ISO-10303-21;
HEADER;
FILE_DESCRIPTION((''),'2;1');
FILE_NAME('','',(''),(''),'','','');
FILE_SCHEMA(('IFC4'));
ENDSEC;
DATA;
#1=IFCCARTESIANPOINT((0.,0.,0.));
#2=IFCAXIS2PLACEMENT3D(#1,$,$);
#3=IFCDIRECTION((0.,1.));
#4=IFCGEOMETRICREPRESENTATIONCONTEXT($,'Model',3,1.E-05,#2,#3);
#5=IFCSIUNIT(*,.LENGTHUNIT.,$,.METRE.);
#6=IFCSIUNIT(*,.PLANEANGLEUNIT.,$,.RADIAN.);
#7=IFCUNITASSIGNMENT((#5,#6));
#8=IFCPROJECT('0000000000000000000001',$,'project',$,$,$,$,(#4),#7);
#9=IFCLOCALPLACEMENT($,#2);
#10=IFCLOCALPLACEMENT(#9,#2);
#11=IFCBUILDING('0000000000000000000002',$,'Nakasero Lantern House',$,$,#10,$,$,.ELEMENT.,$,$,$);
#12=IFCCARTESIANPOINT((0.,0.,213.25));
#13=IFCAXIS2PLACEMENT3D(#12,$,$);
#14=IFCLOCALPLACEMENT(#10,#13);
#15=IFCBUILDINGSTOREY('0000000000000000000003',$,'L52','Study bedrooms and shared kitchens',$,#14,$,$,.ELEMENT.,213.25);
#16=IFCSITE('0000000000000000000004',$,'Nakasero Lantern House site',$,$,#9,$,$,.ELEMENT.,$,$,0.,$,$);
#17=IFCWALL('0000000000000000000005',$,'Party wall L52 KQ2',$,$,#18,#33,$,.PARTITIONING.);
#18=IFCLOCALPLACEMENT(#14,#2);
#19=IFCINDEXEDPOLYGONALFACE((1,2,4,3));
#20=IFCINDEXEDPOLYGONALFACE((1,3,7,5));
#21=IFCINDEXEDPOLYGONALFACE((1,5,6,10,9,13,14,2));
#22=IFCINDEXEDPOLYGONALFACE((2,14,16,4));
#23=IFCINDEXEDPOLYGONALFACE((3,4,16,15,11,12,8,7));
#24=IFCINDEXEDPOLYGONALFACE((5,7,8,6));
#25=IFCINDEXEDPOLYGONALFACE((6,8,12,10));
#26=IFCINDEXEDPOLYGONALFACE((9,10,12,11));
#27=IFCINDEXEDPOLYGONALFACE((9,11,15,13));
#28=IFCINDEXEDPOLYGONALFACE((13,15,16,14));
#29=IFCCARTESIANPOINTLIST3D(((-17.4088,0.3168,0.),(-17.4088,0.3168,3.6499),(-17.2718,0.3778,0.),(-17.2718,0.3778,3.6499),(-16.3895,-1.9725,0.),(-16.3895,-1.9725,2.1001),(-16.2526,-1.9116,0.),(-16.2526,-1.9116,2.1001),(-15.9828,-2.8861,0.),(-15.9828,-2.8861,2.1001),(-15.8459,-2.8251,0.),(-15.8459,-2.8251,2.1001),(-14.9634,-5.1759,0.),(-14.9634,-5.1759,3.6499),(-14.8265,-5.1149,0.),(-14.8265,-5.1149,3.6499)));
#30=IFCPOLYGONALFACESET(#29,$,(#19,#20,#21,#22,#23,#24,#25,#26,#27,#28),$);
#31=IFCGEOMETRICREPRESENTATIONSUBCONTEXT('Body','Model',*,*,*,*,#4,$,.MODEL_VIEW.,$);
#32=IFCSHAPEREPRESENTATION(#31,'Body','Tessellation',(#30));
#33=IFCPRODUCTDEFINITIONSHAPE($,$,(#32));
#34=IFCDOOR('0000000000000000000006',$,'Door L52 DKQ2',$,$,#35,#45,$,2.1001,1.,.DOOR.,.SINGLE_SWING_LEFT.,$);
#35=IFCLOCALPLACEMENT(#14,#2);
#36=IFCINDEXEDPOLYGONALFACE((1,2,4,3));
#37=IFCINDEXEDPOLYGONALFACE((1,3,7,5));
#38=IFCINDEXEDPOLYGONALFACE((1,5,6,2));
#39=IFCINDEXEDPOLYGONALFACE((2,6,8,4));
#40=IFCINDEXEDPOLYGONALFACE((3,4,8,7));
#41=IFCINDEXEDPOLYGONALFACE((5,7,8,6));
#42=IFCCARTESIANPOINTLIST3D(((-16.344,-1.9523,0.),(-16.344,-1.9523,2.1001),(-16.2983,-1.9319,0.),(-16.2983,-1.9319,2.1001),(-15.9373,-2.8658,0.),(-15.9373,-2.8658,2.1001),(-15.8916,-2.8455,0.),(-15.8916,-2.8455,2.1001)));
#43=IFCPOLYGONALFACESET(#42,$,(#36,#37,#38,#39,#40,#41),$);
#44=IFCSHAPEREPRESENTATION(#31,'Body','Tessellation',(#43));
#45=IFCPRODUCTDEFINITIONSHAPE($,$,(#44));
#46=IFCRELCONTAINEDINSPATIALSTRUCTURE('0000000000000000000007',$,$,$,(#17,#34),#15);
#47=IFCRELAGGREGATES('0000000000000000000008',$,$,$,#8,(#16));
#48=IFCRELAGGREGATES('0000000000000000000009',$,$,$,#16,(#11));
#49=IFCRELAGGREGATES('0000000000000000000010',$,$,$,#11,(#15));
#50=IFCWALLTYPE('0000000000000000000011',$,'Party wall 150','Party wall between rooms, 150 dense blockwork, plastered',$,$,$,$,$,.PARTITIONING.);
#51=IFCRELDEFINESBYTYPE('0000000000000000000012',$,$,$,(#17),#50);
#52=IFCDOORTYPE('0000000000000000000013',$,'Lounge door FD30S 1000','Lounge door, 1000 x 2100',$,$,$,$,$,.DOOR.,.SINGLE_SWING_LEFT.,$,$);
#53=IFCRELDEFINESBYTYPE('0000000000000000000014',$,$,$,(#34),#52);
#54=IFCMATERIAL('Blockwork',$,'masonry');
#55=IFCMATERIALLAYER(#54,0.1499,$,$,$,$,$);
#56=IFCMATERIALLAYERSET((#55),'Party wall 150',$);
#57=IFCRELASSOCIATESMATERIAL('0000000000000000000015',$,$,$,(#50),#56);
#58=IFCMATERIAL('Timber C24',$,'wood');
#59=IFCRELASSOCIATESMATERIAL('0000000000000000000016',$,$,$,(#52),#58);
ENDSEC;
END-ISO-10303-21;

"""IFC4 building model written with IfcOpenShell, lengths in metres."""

from ifc_helpers import new_model, si_unit, direction, frame, frame_2d, origin, place, context, subcontext, project, spatial, rectangle, extrude, material, layer, layer_set, type_object, element, fill, save


model = new_model("IFC4")

# Units and contexts
model_context = context("Model", 3, precision=1e-05, world=origin(), true_north=direction((0.0, 1.0)))
body_context = subcontext(model_context, "Body", "Model", "MODEL_VIEW")
ifc_project = project(units=[si_unit("LENGTHUNIT", "METRE"), si_unit("PLANEANGLEUNIT", "RADIAN")], contexts=[model_context])

# Site, building, storey
site_placement = place(None, origin())
site = spatial("IfcSite", under=ifc_project, at=site_placement, Name="Nakasero Lantern House site", CompositionType="ELEMENT", RefElevation=0.0)
building_placement = place(site_placement, origin())
building = spatial("IfcBuilding", under=site, at=building_placement, Name="Nakasero Lantern House", CompositionType="ELEMENT")
storey_placement = place(building_placement, frame((0.0, 0.0, 213.25)))
storey = spatial("IfcBuildingStorey", under=building, at=storey_placement, Name="L52", Description="Study bedrooms and shared kitchens", CompositionType="ELEMENT", Elevation=213.25)

# Shared definitions
ifc_material_1 = material(Name="Blockwork", Category="masonry")
ifc_layer_1 = layer(ifc_material_1, 0.1499)
ifc_layer_set_1 = layer_set([ifc_layer_1], Name="Party wall 150")
wall_type_1 = type_object("IfcWallType", Name="Party wall 150", Description="Party wall between rooms, 150 dense blockwork, plastered", PredefinedType="PARTITIONING", material=ifc_layer_set_1)

# Wall, opening, door
wall_1_placement = place(storey_placement, frame((-17.3403, 0.3474, 0.0), z_axis=(0.0, 0.0, 1.0), x_axis=(0.406711, -0.913557, 0.0)))
wall_1 = element("IfcWall", 1, at=wall_1_placement, inside=storey, type_object=wall_type_1, Name="Party wall L52 KQ2", PredefinedType="PARTITIONING", context=body_context, shape_type="SweptSolid", body=[
    extrude(rectangle(XDim=6.0125, YDim=0.1499, at=frame_2d((3.0063, 0.0))), origin(), (0.0, 0.0, 1.0), 3.6499),
])
opening_1_placement = place(wall_1_placement, frame((2.5061, 0.0, 0.0)))
opening_1 = element("IfcOpeningElement", 2, at=opening_1_placement, cuts=wall_1, PredefinedType="OPENING", context=body_context, shape_type="SweptSolid", body=[
    extrude(rectangle(XDim=1.0, YDim=2.1001, at=frame_2d((0.5, 1.05))), frame((0.0, 0.095, 0.0), z_axis=(0.0, -1.0, 0.0), x_axis=(1.0, 0.0, 0.0)), (0.0, 0.0, 1.0), 0.1899),
])
ifc_material_2 = material(Name="Timber C24", Category="wood")
door_type_1 = type_object("IfcDoorType", Name="Lounge door FD30S 1000", Description="Lounge door, 1000 x 2100", OperationType="SINGLE_SWING_LEFT", PredefinedType="DOOR", material=ifc_material_2)
door_1_placement = place(opening_1_placement, origin())
door_1 = element("IfcDoor", 3, at=door_1_placement, inside=storey, type_object=door_type_1, Name="Door L52 DKQ2", OperationType="SINGLE_SWING_LEFT", OverallHeight=2.1001, OverallWidth=1.0, PredefinedType="DOOR", context=body_context, shape_type="SweptSolid", body=[
    extrude(rectangle(XDim=1.0, YDim=2.1001, at=frame_2d((0.5, 1.05))), frame((0.0, 0.0249, 0.0), z_axis=(0.0, -1.0, 0.0), x_axis=(1.0, 0.0, 0.0)), (0.0, 0.0, 1.0), 0.05),
])
fill(opening_1, door_1)

save(model, "model.ifc")
